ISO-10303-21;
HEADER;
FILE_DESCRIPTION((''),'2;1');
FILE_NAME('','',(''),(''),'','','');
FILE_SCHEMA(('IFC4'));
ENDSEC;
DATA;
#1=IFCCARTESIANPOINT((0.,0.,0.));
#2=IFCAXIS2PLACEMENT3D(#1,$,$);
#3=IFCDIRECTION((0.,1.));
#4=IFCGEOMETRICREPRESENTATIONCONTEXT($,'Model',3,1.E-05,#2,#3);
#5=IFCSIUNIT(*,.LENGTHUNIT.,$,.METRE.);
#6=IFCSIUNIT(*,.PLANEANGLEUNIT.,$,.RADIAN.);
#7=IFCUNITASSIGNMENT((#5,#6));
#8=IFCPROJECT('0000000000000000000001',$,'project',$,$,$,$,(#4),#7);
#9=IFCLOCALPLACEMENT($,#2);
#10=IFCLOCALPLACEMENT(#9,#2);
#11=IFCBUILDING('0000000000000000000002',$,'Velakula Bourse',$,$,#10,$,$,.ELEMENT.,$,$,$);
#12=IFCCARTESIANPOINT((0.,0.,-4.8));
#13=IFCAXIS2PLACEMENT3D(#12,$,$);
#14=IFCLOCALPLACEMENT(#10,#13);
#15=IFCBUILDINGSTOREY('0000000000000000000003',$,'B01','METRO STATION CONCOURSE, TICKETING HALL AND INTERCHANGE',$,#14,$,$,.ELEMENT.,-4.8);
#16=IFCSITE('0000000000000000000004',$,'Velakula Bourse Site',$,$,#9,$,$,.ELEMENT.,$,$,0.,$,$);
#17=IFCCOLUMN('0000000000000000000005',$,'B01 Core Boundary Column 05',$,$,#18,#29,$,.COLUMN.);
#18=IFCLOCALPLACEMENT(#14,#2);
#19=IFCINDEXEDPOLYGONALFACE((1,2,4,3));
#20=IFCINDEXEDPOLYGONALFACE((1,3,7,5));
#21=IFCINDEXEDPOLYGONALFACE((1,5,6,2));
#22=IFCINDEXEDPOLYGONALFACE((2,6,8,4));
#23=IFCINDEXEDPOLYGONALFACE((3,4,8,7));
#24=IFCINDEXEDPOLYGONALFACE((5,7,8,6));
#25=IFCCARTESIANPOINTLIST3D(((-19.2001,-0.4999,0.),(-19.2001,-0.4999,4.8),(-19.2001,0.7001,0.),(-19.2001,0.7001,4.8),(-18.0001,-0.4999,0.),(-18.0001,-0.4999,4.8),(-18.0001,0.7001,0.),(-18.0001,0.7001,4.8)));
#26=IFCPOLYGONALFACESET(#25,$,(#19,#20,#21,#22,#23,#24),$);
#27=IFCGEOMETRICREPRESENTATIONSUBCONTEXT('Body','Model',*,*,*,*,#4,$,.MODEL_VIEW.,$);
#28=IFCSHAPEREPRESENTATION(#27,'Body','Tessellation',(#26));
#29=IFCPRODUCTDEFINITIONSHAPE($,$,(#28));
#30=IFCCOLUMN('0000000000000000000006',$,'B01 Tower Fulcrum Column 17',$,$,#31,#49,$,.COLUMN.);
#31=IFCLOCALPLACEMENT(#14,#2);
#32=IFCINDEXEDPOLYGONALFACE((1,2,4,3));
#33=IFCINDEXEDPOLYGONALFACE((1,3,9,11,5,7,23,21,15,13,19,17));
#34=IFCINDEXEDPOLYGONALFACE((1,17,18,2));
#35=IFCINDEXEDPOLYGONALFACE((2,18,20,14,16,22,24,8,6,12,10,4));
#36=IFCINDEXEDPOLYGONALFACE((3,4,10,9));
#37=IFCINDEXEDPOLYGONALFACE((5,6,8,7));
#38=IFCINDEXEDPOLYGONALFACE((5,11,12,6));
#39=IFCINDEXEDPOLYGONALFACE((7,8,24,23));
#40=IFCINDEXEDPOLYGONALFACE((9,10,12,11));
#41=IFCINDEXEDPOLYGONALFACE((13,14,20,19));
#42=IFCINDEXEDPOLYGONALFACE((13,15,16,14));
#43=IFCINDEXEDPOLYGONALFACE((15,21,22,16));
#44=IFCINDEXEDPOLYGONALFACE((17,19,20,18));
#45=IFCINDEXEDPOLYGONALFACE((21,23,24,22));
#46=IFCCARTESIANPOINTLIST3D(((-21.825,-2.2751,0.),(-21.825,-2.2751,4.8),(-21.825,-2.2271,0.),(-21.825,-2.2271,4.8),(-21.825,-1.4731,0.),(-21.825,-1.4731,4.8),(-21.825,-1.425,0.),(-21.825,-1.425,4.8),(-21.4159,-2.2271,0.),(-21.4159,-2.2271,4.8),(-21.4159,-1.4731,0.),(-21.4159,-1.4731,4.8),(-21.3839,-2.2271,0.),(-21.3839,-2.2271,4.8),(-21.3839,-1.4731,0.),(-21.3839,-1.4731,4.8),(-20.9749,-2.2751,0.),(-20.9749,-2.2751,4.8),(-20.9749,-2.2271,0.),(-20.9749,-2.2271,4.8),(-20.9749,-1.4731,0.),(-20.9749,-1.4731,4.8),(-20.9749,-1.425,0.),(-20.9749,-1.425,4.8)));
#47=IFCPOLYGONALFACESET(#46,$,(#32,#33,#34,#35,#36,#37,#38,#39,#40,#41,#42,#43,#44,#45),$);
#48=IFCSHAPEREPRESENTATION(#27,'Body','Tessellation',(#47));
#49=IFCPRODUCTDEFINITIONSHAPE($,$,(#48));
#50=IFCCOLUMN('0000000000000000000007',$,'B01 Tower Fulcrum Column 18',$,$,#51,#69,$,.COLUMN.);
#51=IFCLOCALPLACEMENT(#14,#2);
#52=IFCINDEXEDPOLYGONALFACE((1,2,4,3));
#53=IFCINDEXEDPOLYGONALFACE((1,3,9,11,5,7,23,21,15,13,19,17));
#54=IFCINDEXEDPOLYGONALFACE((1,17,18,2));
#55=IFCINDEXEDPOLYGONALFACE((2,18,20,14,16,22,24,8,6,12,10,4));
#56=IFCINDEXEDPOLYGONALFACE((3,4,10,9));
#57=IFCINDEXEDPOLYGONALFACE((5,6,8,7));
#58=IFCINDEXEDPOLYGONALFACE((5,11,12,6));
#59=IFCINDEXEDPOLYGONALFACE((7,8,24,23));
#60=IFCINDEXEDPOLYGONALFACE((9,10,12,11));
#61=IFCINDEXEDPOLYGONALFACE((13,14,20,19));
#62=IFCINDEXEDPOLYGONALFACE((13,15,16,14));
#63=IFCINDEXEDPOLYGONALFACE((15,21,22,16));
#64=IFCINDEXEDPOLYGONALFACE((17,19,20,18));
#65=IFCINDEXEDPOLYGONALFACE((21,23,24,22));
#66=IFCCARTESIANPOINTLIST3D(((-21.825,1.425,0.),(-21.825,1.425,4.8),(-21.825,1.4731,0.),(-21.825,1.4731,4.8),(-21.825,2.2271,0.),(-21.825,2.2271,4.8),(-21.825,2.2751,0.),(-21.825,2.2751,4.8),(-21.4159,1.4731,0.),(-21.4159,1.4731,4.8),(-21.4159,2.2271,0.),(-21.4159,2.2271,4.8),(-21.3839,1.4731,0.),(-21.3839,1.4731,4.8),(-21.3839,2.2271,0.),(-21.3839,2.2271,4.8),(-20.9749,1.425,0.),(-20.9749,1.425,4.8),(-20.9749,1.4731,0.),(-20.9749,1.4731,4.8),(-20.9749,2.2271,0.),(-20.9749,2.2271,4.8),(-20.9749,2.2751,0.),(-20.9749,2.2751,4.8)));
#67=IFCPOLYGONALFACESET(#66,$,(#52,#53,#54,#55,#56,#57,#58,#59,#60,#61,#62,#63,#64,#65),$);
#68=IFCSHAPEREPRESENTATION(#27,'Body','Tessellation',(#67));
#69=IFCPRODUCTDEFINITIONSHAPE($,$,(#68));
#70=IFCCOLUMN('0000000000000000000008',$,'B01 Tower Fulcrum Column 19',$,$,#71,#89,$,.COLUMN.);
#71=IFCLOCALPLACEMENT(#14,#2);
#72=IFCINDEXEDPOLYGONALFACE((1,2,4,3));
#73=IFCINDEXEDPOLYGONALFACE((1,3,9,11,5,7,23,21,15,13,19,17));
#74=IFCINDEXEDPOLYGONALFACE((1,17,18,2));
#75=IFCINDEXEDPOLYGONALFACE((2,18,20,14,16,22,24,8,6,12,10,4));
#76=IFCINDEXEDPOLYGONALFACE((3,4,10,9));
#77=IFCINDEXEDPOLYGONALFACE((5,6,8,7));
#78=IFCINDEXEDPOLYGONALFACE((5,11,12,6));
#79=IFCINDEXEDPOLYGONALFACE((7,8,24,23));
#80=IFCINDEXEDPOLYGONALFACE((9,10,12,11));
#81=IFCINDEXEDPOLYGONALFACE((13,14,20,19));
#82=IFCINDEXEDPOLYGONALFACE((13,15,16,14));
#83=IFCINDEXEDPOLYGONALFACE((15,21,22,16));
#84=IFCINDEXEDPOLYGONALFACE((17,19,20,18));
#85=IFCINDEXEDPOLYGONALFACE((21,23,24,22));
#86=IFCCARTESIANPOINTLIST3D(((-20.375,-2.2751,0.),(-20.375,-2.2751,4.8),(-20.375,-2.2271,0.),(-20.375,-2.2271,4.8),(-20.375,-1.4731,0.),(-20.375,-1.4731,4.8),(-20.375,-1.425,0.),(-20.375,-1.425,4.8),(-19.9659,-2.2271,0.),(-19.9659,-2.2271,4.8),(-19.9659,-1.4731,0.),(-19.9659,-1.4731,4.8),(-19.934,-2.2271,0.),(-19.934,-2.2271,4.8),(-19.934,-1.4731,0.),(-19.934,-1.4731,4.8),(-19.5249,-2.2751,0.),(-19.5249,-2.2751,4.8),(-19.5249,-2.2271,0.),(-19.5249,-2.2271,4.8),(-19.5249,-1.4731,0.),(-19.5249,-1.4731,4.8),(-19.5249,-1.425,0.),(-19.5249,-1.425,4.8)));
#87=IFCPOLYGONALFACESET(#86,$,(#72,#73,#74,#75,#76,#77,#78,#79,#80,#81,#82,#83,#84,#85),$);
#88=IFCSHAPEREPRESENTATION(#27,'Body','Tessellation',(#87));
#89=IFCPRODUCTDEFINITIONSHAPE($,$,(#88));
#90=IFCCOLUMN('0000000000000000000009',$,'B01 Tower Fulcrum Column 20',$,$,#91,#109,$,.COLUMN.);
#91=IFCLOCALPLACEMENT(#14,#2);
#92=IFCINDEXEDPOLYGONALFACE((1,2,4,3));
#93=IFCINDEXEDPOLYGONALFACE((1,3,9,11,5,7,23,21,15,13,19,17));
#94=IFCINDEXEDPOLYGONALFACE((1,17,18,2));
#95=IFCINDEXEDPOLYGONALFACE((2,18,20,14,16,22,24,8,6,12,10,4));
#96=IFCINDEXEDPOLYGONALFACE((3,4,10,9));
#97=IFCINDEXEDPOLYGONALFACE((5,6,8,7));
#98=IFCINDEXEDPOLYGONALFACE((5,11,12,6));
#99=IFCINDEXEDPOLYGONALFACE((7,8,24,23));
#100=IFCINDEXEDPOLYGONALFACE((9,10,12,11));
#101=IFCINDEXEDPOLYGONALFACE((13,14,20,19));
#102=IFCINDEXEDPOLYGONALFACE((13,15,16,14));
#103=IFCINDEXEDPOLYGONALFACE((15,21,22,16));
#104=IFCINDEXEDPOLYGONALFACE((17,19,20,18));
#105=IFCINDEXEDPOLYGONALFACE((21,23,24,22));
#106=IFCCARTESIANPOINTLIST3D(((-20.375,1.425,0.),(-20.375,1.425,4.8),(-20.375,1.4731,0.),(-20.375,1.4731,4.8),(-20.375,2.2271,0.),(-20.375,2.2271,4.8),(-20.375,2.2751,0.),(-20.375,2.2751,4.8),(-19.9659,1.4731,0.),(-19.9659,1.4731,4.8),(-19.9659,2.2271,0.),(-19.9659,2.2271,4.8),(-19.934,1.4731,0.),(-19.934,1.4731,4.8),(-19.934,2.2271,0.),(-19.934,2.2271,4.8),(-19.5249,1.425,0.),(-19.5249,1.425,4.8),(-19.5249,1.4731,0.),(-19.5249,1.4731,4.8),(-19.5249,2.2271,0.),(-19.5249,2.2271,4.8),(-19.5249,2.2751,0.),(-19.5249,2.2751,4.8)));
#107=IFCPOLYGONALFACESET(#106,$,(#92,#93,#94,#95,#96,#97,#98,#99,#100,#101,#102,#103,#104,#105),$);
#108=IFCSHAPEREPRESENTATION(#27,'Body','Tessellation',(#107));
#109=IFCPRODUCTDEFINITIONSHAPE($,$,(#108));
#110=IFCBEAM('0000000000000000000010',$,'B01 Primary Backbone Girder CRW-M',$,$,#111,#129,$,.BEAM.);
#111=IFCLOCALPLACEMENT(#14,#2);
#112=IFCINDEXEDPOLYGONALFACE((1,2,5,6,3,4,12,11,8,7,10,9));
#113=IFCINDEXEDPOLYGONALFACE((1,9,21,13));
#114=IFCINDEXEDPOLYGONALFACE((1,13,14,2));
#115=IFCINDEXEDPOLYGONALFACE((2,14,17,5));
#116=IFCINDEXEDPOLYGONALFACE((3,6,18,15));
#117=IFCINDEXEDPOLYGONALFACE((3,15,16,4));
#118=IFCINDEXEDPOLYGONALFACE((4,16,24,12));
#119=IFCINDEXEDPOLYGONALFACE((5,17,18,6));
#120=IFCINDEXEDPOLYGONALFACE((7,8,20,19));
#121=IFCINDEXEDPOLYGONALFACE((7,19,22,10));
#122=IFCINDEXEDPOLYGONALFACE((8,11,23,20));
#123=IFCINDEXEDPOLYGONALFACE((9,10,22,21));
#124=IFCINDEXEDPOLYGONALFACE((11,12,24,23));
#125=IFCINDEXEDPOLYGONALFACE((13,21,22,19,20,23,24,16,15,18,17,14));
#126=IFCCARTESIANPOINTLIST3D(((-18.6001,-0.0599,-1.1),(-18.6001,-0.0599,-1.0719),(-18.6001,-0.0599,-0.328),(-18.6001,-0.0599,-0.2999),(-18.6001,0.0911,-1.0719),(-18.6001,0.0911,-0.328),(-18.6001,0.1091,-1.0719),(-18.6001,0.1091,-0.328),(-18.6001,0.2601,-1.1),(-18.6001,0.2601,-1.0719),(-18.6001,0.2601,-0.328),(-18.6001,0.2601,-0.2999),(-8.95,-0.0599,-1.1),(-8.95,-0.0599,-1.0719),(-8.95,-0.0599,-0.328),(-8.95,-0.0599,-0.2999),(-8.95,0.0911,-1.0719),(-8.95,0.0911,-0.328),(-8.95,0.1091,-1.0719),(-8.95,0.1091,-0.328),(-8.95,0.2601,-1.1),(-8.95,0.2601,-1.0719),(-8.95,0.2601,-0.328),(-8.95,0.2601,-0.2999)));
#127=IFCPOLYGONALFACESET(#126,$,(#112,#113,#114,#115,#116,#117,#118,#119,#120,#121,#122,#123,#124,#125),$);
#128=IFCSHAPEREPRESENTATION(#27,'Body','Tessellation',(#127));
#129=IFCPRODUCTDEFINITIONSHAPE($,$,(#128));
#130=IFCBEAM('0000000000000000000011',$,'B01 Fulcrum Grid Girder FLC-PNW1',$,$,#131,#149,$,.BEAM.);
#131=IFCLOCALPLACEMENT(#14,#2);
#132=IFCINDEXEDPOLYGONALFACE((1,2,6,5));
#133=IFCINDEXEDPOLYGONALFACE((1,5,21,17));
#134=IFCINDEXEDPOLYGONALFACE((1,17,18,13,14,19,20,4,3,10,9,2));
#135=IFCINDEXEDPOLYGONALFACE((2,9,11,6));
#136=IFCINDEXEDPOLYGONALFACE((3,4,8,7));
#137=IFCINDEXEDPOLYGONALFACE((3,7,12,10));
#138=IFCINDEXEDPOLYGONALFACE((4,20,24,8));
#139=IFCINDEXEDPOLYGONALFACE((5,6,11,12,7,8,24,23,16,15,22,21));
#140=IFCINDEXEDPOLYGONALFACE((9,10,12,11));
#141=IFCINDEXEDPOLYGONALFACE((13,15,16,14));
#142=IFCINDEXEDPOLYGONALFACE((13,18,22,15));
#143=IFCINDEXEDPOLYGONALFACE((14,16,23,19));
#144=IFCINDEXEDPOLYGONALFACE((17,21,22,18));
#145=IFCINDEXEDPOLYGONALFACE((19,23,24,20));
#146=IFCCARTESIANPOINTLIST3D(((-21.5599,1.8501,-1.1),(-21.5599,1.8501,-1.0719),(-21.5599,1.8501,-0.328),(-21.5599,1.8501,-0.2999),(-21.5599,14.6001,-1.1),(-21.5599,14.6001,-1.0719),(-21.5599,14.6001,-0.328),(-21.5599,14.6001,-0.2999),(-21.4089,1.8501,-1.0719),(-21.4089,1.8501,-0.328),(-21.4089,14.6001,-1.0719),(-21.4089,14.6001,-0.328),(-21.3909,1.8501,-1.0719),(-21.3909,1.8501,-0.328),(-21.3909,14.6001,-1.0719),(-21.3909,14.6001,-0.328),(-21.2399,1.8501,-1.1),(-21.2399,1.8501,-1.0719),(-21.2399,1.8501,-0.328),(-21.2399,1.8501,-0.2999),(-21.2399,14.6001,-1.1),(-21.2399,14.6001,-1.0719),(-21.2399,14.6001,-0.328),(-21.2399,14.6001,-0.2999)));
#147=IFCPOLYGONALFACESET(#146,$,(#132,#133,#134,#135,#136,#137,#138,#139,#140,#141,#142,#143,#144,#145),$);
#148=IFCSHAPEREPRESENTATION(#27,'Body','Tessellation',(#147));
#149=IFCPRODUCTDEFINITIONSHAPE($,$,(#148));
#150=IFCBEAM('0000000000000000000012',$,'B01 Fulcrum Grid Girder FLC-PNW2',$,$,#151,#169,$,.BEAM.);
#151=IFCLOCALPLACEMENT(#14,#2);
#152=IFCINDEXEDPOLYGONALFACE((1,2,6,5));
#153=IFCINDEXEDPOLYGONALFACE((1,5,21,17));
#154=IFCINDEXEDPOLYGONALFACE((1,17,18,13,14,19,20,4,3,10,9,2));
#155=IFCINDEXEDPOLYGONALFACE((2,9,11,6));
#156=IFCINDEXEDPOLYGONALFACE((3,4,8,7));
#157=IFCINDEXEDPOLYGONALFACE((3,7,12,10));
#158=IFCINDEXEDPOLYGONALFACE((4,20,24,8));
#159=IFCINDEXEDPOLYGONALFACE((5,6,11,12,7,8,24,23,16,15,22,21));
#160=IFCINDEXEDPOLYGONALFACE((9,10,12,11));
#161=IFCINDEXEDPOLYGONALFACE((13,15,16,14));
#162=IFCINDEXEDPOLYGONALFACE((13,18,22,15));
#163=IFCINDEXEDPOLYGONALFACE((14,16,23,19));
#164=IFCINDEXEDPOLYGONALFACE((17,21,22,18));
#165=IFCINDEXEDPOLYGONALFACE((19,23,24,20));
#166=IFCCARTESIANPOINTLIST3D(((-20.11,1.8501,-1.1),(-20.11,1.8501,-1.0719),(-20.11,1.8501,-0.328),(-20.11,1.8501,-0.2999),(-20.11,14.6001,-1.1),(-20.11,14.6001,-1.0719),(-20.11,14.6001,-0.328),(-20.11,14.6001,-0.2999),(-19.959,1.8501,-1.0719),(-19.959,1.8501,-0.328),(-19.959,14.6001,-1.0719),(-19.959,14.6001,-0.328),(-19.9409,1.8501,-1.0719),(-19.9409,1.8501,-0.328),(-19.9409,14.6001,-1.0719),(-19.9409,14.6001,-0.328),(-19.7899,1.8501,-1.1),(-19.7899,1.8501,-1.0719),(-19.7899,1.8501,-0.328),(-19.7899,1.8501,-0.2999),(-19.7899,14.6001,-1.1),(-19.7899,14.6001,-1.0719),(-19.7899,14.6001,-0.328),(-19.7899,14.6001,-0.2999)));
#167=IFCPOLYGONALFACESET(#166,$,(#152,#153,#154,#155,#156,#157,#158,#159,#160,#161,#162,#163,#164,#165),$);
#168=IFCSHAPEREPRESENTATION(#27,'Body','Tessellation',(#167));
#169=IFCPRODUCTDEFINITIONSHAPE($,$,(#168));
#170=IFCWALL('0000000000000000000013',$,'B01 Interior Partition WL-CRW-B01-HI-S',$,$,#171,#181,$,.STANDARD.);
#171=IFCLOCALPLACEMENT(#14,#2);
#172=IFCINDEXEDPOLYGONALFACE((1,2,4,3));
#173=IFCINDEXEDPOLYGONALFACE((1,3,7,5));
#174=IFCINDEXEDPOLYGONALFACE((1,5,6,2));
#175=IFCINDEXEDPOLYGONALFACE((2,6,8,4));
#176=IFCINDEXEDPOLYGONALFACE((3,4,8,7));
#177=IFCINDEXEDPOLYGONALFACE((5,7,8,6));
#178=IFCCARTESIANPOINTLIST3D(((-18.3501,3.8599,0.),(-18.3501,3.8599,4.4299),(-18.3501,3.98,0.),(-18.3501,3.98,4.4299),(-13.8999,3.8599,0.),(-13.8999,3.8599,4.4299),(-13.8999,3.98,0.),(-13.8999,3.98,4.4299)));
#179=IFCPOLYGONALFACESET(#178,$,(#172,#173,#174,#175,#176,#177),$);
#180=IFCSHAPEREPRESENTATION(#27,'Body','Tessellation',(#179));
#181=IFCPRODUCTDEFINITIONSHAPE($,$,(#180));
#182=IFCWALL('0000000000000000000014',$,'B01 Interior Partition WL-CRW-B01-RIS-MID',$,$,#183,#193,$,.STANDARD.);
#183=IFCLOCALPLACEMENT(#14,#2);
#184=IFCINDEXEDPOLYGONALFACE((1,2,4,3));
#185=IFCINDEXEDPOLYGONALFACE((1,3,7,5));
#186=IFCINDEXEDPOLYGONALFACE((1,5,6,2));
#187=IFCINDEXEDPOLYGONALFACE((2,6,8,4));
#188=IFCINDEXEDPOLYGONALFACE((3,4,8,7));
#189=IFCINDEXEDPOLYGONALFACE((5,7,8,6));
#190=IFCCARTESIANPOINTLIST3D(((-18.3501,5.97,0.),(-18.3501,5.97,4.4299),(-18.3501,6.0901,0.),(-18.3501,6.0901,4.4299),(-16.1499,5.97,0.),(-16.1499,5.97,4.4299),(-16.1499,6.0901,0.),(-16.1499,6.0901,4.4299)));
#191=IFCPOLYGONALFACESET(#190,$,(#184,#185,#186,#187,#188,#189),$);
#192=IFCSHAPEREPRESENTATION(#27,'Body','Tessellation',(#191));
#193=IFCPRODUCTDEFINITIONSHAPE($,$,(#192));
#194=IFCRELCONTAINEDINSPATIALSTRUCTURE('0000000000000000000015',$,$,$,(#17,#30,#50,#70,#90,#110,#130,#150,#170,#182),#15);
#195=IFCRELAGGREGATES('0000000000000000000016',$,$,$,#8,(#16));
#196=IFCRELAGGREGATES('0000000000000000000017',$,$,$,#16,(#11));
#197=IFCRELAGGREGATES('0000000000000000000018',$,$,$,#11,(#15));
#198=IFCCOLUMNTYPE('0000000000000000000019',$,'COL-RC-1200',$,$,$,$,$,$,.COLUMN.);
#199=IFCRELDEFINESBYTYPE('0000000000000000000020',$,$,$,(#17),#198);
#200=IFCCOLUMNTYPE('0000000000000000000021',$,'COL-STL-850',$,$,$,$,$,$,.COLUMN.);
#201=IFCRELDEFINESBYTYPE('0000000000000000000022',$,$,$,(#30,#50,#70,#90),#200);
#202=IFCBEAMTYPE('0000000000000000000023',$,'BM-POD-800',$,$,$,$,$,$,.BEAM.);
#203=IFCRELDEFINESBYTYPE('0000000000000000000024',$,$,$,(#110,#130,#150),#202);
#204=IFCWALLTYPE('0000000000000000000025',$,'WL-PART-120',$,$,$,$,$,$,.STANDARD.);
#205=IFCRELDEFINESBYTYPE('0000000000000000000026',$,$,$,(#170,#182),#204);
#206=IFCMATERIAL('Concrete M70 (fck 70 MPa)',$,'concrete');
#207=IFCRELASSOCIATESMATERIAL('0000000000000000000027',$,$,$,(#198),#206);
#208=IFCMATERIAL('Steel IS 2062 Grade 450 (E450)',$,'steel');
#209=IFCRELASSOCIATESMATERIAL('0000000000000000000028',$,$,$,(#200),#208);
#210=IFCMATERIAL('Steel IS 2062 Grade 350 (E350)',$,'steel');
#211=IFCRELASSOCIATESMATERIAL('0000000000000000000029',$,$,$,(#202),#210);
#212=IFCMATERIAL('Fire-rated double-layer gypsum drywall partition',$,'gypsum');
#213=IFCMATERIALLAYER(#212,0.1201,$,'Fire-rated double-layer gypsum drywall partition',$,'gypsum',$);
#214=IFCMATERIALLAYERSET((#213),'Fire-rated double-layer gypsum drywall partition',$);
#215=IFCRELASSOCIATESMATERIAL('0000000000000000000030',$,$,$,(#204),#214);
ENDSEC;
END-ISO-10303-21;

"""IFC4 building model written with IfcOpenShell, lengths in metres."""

from ifc_helpers import new_model, si_unit, direction, frame, frame_2d, origin, origin_2d, place, context, subcontext, project, spatial, rectangle, i_section, extrude, material, layer, layer_set, material_profile, profile_set, type_object, element, save


model = new_model("IFC4")

# Units and contexts
model_context = context("Model", 3, precision=1e-05, world=origin(), true_north=direction((0.0, 1.0)))
body_context = subcontext(model_context, "Body", "Model", "MODEL_VIEW")
ifc_project = project(units=[si_unit("LENGTHUNIT", "METRE"), si_unit("PLANEANGLEUNIT", "RADIAN")], contexts=[model_context])

# Site, building, storey
site_placement = place(None, origin())
site = spatial("IfcSite", under=ifc_project, at=site_placement, Name="Velakula Bourse Site", CompositionType="ELEMENT", RefElevation=0.0)
building_placement = place(site_placement, origin())
building = spatial("IfcBuilding", under=site, at=building_placement, Name="Velakula Bourse", CompositionType="ELEMENT")
storey_placement = place(building_placement, frame((0.0, 0.0, -4.8)))
storey = spatial("IfcBuildingStorey", under=building, at=storey_placement, Name="B01", Description="METRO STATION CONCOURSE, TICKETING HALL AND INTERCHANGE", CompositionType="ELEMENT", Elevation=-4.8)

# Columns
ifc_material_1 = material(Name="Concrete M70 (fck 70 MPa)", Category="concrete")
ifc_material_profile_1 = material_profile(ifc_material_1, rectangle(XDim=1.2, YDim=1.2, at=origin_2d()), Name="Concrete M70 (fck 70 MPa)")
ifc_profile_set_1 = profile_set([ifc_material_profile_1], Name="Concrete M70 (fck 70 MPa)")
column_type_1 = type_object("IfcColumnType", Name="COL-RC-1200", PredefinedType="COLUMN", material=ifc_profile_set_1)
column_placement = place(storey_placement, frame((-18.6001, 0.1001, 0.0), z_axis=(0.0, 0.0, 1.0), x_axis=(1.0, 0.0, 0.0)))
element("IfcColumn", 1, at=column_placement, inside=storey, type_object=column_type_1, Name="B01 Core Boundary Column 05", PredefinedType="COLUMN", context=body_context, shape_type="SweptSolid", body=[
    extrude(rectangle(XDim=1.2, YDim=1.2, at=origin_2d()), origin(), (0.0, 0.0, 1.0), 4.8),
])
ifc_material_2 = material(Name="Steel IS 2062 Grade 450 (E450)", Category="steel")
ifc_material_profile_2 = material_profile(ifc_material_2, i_section(OverallWidth=0.8501, OverallDepth=0.8501, WebThickness=0.032, FlangeThickness=0.0481, at=origin_2d()), Name="Steel IS 2062 Grade 450 (E450)")
ifc_profile_set_2 = profile_set([ifc_material_profile_2], Name="Steel IS 2062 Grade 450 (E450)")
column_type_2 = type_object("IfcColumnType", Name="COL-STL-850", PredefinedType="COLUMN", material=ifc_profile_set_2)
for number, where, z_axis, x_axis, name in (
    (2, (-21.3999, -1.8501, 0.0), (0.0, 0.0, 1.0), (1.0, 0.0, 0.0), "B01 Tower Fulcrum Column 17"),
    (3, (-21.3999, 1.8501, 0.0), (0.0, 0.0, 1.0), (1.0, 0.0, 0.0), "B01 Tower Fulcrum Column 18"),
    (4, (-19.95, -1.8501, 0.0), (0.0, 0.0, 1.0), (1.0, 0.0, 0.0), "B01 Tower Fulcrum Column 19"),
    (5, (-19.95, 1.8501, 0.0), (0.0, 0.0, 1.0), (1.0, 0.0, 0.0), "B01 Tower Fulcrum Column 20"),
):
    element("IfcColumn", number, at=place(storey_placement, frame(where, z_axis=z_axis, x_axis=x_axis)), inside=storey, type_object=column_type_2, Name=name, PredefinedType="COLUMN", context=body_context, shape_type="SweptSolid", body=[
        extrude(i_section(OverallWidth=0.8501, OverallDepth=0.8501, WebThickness=0.032, FlangeThickness=0.0481, at=origin_2d()), origin(), (0.0, 0.0, 1.0), 4.8),
    ])

# Beams
ifc_material_3 = material(Name="Steel IS 2062 Grade 350 (E350)", Category="steel")
ifc_material_profile_3 = material_profile(ifc_material_3, i_section(OverallWidth=0.3201, OverallDepth=0.8, WebThickness=0.0181, FlangeThickness=0.0281, at=origin_2d()), Name="Steel IS 2062 Grade 350 (E350)")
ifc_profile_set_3 = profile_set([ifc_material_profile_3], Name="Steel IS 2062 Grade 350 (E350)")
beam_type = type_object("IfcBeamType", Name="BM-POD-800", PredefinedType="BEAM", material=ifc_profile_set_3)
beam_placement = place(storey_placement, frame((-18.6001, 0.1001, -0.7), z_axis=(1.0, 0.0, 0.0), x_axis=(0.0, 1.0, 0.0)))
element("IfcBeam", 6, at=beam_placement, inside=storey, type_object=beam_type, Name="B01 Primary Backbone Girder CRW-M", PredefinedType="BEAM", context=body_context, shape_type="SweptSolid", body=[
    extrude(i_section(OverallWidth=0.3201, OverallDepth=0.8, WebThickness=0.0181, FlangeThickness=0.0281, at=origin_2d()), origin(), (0.0, 0.0, 1.0), 9.6501),
])
for number, where, z_axis, x_axis, name in (
    (7, (-21.3999, 1.8501, -0.7), (0.0, 1.0, 0.0), (-1.0, 0.0, 0.0), "B01 Fulcrum Grid Girder FLC-PNW1"),
    (8, (-19.95, 1.8501, -0.7), (0.0, 1.0, 0.0), (-1.0, 0.0, 0.0), "B01 Fulcrum Grid Girder FLC-PNW2"),
):
    element("IfcBeam", number, at=place(storey_placement, frame(where, z_axis=z_axis, x_axis=x_axis)), inside=storey, type_object=beam_type, Name=name, PredefinedType="BEAM", context=body_context, shape_type="SweptSolid", body=[
        extrude(i_section(OverallWidth=0.3201, OverallDepth=0.8, WebThickness=0.0181, FlangeThickness=0.0281, at=origin_2d()), origin(), (0.0, 0.0, 1.0), 12.75),
    ])

# Walls
ifc_material_4 = material(Name="Fire-rated double-layer gypsum drywall partition", Category="gypsum")
ifc_layer_1 = layer(ifc_material_4, 0.1201, Name="Fire-rated double-layer gypsum drywall partition", Category="gypsum")
ifc_layer_set_1 = layer_set([ifc_layer_1], Name="Fire-rated double-layer gypsum drywall partition")
wall_type = type_object("IfcWallType", Name="WL-PART-120", PredefinedType="STANDARD", material=ifc_layer_set_1)
wall_1_placement = place(storey_placement, frame((-18.3501, 3.9199, 0.0), z_axis=(0.0, 0.0, 1.0), x_axis=(1.0, 0.0, 0.0)))
element("IfcWall", 9, at=wall_1_placement, inside=storey, type_object=wall_type, Name="B01 Interior Partition WL-CRW-B01-HI-S", PredefinedType="STANDARD", context=body_context, shape_type="SweptSolid", body=[
    extrude(rectangle(XDim=4.4502, YDim=0.1201, at=frame_2d((2.2251, 0.0))), origin(), (0.0, 0.0, 1.0), 4.4299),
])
wall_2_placement = place(storey_placement, frame((-18.3501, 6.03, 0.0), z_axis=(0.0, 0.0, 1.0), x_axis=(1.0, 0.0, 0.0)))
element("IfcWall", 10, at=wall_2_placement, inside=storey, type_object=wall_type, Name="B01 Interior Partition WL-CRW-B01-RIS-MID", PredefinedType="STANDARD", context=body_context, shape_type="SweptSolid", body=[
    extrude(rectangle(XDim=2.2002, YDim=0.1201, at=frame_2d((1.1001, 0.0))), origin(), (0.0, 0.0, 1.0), 4.4299),
])

save(model, "model.ifc")
